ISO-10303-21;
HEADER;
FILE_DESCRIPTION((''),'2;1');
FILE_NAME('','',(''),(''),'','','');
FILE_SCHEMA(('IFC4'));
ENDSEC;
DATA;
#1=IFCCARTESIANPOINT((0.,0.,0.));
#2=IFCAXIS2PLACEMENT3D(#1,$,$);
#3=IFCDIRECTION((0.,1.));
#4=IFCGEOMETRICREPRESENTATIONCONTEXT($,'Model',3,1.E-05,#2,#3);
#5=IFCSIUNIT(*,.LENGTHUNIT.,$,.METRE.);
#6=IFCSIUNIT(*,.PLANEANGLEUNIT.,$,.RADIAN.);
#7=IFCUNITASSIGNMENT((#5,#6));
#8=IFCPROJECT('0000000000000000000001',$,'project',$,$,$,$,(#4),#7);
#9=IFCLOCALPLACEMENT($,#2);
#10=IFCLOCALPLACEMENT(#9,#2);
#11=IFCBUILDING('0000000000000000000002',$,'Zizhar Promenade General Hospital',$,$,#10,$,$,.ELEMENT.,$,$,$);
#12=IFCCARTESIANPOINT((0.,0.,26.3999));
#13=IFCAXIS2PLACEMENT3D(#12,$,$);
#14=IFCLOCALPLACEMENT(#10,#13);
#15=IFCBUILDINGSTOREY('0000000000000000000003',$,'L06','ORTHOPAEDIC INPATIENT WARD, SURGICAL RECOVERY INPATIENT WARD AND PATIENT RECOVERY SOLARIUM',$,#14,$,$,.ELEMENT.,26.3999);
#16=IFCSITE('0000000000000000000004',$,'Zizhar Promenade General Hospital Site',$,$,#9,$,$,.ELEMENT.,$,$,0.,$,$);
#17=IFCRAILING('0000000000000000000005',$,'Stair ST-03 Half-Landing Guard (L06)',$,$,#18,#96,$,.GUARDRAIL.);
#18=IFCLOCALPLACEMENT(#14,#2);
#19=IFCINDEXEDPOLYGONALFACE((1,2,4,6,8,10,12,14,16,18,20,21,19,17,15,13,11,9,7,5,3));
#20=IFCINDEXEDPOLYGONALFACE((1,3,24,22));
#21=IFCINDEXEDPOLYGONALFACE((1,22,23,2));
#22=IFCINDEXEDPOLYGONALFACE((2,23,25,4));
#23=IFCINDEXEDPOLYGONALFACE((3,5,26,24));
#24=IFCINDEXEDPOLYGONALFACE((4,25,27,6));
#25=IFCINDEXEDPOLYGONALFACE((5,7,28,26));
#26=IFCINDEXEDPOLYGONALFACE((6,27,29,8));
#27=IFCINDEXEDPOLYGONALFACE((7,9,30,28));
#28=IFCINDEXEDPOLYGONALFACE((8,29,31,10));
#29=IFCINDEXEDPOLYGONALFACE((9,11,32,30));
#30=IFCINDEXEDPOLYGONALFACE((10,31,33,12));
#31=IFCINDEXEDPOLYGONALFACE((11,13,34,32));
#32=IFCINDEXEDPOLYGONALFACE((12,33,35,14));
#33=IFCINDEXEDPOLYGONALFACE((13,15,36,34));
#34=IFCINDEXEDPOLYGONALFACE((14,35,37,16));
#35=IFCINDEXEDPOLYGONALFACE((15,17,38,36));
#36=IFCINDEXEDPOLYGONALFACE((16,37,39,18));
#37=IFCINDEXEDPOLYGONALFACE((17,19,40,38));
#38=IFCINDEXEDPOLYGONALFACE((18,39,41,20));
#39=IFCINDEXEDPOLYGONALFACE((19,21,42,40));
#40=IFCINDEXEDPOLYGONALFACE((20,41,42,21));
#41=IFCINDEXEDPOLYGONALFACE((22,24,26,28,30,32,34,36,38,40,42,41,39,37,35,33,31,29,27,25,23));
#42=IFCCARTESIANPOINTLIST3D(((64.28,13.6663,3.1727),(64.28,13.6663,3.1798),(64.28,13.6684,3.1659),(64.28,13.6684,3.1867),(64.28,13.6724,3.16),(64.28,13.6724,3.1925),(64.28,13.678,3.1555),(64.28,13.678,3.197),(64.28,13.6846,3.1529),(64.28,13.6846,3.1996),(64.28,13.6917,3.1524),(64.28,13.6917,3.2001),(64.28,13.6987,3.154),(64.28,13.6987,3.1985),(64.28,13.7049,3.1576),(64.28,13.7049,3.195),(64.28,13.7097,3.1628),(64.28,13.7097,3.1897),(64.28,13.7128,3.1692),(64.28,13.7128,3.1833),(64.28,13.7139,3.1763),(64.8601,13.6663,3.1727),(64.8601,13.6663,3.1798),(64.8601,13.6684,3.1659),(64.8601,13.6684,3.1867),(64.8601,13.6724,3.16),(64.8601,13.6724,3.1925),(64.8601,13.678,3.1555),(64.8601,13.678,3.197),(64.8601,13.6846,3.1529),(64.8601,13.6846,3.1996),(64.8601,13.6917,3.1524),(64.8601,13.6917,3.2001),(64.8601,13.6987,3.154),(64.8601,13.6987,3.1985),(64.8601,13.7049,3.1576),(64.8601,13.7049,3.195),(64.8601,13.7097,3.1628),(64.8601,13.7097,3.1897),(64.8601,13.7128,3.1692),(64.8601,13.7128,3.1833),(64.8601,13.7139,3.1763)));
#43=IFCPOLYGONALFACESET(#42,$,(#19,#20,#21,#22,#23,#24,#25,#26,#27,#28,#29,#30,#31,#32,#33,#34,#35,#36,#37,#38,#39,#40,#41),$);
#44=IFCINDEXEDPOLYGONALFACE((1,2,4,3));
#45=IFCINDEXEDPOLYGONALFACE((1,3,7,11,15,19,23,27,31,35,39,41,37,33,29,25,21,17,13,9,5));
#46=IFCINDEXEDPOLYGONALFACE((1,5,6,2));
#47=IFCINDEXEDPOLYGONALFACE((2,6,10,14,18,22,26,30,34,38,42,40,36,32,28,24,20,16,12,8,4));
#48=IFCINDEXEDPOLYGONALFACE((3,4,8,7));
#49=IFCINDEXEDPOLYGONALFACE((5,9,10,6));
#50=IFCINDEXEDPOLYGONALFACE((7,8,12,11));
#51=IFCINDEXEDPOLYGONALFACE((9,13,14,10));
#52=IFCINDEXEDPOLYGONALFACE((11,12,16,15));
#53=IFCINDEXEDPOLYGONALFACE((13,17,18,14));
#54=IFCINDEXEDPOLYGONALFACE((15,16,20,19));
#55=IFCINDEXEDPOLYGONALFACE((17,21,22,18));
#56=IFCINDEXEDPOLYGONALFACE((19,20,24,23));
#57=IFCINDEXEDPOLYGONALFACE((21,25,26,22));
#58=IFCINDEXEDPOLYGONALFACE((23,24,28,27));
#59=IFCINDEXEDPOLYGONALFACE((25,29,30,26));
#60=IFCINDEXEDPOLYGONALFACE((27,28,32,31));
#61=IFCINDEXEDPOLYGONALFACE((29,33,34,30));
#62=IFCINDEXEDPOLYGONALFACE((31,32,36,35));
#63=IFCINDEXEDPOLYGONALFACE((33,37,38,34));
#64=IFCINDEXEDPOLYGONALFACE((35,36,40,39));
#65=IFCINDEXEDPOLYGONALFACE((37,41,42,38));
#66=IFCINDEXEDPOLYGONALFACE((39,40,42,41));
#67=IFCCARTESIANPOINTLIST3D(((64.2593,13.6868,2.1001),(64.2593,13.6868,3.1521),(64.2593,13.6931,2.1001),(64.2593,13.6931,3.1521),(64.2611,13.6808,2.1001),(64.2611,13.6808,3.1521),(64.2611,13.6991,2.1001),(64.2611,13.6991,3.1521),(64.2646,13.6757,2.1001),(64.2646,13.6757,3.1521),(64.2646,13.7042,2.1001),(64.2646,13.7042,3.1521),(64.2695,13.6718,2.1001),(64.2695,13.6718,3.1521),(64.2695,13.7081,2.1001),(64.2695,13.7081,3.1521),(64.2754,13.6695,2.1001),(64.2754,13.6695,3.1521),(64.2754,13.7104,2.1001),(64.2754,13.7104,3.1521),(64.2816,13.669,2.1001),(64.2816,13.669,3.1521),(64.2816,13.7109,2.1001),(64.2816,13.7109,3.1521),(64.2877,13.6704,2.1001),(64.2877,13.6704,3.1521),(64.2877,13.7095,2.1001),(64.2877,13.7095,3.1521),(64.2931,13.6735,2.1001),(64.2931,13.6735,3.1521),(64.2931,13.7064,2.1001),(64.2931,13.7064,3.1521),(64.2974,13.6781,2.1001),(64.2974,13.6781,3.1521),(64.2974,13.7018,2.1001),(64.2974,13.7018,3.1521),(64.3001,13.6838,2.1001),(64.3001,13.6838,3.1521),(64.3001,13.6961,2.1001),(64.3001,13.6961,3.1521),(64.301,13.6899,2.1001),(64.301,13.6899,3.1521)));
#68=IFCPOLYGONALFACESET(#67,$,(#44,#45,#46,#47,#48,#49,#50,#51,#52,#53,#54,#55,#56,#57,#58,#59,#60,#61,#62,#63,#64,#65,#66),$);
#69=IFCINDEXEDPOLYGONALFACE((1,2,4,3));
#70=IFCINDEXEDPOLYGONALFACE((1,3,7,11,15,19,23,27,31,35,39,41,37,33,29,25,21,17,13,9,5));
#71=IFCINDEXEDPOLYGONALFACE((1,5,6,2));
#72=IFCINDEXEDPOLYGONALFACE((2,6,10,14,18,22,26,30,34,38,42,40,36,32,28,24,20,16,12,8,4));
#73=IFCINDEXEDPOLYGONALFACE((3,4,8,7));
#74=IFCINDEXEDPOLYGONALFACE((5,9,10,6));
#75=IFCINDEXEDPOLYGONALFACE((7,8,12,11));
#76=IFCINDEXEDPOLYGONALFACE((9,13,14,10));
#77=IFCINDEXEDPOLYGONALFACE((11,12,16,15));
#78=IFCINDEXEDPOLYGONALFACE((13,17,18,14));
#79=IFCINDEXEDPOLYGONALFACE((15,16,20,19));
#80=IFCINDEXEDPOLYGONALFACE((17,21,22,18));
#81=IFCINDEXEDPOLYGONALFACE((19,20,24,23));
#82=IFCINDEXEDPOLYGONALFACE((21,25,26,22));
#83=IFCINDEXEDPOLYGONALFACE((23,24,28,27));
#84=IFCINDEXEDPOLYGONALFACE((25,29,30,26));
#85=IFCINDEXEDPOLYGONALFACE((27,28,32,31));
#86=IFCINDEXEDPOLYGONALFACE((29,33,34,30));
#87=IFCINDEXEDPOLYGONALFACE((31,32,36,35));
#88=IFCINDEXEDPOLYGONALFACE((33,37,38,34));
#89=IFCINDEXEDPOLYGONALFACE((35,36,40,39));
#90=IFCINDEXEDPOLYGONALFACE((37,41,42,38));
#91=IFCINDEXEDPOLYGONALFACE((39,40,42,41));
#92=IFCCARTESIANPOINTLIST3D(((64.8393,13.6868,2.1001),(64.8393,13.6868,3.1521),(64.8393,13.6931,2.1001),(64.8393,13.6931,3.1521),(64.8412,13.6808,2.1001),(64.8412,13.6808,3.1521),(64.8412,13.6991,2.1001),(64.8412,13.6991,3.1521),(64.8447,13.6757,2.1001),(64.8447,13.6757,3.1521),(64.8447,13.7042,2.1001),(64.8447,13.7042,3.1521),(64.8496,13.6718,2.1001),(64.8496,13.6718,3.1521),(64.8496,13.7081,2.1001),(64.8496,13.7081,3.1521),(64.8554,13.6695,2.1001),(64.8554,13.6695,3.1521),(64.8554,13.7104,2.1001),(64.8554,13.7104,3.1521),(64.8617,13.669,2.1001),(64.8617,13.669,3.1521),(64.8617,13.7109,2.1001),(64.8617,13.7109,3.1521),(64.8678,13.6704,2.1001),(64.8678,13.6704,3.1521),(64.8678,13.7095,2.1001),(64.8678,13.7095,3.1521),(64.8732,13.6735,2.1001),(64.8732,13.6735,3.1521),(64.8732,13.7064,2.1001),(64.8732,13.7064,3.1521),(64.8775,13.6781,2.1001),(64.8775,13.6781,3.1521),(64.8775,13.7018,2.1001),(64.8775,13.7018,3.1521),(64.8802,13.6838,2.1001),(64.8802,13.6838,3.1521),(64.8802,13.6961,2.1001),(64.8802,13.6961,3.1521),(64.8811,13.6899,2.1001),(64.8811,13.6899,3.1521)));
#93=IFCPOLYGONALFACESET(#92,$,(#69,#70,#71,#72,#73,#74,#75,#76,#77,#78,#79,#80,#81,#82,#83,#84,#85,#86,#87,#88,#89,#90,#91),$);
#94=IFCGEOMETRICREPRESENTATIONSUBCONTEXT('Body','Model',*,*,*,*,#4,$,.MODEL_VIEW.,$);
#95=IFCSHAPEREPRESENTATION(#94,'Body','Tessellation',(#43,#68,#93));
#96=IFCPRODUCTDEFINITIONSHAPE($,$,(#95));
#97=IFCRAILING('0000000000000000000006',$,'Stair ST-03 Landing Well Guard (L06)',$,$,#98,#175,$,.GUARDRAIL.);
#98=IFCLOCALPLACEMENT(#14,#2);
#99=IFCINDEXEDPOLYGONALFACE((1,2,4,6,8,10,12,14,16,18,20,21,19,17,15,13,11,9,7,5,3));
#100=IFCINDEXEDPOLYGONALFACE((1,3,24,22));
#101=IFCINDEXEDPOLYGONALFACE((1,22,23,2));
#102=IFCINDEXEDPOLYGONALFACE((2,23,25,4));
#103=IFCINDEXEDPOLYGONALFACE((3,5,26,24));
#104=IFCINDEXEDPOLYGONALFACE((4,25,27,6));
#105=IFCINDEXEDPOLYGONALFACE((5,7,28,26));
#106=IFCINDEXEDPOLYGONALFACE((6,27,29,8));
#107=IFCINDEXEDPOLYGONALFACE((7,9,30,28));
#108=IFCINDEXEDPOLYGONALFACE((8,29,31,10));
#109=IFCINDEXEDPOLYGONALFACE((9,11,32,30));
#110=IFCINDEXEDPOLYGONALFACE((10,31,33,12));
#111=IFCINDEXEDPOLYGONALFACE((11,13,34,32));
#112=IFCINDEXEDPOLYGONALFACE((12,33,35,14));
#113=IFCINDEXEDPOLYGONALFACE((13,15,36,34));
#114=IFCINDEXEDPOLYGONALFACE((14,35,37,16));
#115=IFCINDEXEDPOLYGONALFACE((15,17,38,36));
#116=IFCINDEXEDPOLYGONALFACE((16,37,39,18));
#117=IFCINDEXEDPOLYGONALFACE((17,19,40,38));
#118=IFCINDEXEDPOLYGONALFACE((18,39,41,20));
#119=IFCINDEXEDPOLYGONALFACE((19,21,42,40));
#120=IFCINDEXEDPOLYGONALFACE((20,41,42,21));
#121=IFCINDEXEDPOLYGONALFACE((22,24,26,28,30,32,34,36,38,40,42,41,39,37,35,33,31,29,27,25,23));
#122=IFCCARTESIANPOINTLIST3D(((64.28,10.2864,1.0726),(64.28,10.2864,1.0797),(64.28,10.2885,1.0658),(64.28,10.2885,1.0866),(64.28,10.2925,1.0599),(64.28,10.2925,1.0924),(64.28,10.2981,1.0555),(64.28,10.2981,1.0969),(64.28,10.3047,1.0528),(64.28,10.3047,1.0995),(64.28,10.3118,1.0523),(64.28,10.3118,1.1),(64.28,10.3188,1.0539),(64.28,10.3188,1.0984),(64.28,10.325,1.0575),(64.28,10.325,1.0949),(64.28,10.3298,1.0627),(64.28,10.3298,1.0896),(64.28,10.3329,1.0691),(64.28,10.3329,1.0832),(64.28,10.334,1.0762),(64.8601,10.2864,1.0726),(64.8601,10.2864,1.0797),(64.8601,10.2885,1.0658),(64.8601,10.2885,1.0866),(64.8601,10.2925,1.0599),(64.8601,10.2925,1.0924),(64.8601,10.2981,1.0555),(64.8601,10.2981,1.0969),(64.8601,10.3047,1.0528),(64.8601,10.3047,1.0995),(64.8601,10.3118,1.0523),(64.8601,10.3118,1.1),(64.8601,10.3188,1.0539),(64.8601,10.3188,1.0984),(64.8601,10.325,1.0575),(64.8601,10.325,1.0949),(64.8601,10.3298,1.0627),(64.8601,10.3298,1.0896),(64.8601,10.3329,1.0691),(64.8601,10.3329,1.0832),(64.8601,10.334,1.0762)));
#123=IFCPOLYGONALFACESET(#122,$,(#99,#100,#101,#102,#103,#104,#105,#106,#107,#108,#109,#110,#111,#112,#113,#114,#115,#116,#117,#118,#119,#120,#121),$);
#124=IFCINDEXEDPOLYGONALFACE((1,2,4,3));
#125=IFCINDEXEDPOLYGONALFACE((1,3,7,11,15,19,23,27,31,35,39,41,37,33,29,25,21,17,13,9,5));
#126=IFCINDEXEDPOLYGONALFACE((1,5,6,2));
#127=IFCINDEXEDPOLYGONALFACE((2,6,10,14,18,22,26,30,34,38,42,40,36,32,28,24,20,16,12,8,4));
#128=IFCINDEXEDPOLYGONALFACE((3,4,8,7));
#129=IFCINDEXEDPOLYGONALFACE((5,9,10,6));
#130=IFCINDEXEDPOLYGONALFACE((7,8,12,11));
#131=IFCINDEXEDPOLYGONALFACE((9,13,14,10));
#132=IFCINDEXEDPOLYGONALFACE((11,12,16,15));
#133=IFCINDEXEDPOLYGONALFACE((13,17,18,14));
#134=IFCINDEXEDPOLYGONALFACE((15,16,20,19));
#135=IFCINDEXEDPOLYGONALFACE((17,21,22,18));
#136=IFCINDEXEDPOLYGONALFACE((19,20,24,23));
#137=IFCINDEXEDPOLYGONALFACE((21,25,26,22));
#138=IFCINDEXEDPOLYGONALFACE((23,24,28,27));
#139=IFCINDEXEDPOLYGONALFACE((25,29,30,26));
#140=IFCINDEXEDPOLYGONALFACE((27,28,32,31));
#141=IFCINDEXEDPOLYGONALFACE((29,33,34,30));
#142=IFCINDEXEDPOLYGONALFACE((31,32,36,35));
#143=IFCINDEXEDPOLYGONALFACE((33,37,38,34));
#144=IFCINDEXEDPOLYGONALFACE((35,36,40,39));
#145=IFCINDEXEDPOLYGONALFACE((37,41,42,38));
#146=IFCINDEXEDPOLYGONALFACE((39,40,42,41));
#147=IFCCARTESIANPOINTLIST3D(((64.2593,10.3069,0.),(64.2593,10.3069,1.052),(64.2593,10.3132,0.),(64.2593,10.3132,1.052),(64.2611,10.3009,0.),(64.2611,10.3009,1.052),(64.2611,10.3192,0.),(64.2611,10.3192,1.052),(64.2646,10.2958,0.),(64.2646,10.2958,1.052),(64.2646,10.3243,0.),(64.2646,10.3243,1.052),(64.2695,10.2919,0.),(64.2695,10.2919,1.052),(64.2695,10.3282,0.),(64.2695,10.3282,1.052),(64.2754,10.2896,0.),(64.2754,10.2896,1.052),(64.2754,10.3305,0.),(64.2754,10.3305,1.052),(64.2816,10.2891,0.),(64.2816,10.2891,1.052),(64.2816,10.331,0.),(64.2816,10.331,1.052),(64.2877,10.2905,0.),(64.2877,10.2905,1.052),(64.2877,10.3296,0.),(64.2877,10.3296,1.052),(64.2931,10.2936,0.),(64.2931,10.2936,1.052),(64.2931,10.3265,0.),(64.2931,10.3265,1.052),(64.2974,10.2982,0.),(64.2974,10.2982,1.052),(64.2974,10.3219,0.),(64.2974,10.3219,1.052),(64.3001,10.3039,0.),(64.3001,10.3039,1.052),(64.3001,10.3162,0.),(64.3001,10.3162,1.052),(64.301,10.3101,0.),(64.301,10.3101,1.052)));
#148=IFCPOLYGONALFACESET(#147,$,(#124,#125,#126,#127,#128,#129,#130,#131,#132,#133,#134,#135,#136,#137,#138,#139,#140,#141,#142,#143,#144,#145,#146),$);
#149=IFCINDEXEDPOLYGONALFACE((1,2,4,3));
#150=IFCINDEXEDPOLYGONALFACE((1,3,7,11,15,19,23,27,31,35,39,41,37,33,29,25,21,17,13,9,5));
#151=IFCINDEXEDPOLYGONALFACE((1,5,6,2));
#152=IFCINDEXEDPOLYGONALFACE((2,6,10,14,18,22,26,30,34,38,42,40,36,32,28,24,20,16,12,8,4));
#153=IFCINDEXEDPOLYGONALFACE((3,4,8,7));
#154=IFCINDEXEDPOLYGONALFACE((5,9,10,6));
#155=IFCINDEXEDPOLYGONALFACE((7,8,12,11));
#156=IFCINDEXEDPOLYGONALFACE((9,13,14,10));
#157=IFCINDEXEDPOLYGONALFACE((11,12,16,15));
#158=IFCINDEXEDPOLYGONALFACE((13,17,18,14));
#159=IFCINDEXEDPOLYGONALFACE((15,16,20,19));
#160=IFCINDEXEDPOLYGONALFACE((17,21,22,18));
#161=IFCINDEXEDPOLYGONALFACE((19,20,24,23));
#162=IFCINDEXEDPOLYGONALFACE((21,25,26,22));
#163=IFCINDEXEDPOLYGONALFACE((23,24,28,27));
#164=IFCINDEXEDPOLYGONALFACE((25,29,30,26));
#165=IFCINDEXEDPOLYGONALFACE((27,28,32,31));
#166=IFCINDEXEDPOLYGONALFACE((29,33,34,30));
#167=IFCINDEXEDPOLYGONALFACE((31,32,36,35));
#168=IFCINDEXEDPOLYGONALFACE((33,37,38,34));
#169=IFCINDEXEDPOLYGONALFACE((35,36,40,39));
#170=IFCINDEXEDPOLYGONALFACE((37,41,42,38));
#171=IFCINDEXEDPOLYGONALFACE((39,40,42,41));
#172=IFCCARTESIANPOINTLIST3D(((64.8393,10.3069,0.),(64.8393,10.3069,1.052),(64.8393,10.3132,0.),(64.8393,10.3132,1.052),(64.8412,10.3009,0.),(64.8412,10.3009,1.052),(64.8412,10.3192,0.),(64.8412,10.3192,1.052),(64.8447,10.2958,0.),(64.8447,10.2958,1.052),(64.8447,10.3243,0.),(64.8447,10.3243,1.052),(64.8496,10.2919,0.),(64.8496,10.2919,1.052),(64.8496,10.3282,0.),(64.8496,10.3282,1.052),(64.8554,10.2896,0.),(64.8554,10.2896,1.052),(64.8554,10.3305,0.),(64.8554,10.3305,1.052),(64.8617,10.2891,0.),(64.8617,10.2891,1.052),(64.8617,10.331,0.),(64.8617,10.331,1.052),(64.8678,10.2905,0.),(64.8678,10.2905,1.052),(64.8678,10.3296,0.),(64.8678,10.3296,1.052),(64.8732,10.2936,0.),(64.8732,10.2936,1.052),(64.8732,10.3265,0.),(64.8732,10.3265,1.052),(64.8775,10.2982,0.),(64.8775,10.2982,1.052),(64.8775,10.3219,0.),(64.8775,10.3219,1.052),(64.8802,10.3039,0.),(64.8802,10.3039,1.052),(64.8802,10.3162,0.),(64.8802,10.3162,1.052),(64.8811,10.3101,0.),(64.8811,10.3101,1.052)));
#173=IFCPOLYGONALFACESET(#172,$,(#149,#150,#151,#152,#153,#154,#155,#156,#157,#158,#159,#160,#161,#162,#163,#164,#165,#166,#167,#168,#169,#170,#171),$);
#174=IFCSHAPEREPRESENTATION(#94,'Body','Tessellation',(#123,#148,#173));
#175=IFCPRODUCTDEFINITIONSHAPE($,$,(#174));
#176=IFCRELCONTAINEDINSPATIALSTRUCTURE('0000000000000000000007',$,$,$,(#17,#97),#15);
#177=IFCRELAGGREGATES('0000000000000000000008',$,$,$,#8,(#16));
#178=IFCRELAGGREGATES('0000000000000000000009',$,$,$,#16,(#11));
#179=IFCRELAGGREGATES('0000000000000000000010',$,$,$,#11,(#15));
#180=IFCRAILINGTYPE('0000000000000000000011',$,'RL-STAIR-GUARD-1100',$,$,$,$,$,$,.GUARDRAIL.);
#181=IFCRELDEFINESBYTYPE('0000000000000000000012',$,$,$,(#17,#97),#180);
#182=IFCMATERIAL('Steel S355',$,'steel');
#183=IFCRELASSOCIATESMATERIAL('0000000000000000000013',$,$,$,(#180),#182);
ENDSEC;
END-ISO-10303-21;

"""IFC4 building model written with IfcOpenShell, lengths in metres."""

from ifc_helpers import new_model, si_unit, direction, frame, origin, origin_2d, place, context, subcontext, project, spatial, circle, hollow_circle, extrude, material, material_profile, profile_set, type_object, element, save


model = new_model("IFC4")

# Units and contexts
model_context = context("Model", 3, precision=1e-05, world=origin(), true_north=direction((0.0, 1.0)))
body_context = subcontext(model_context, "Body", "Model", "MODEL_VIEW")
ifc_project = project(units=[si_unit("LENGTHUNIT", "METRE"), si_unit("PLANEANGLEUNIT", "RADIAN")], contexts=[model_context])

# Site, building, storey
site_placement = place(None, origin())
site = spatial("IfcSite", under=ifc_project, at=site_placement, Name="Zizhar Promenade General Hospital Site", CompositionType="ELEMENT", RefElevation=0.0)
building_placement = place(site_placement, origin())
building = spatial("IfcBuilding", under=site, at=building_placement, Name="Zizhar Promenade General Hospital", CompositionType="ELEMENT")
storey_placement = place(building_placement, frame((0.0, 0.0, 26.3999)))
storey = spatial("IfcBuildingStorey", under=building, at=storey_placement, Name="L06", Description="ORTHOPAEDIC INPATIENT WARD, SURGICAL RECOVERY INPATIENT WARD AND PATIENT RECOVERY SOLARIUM", CompositionType="ELEMENT", Elevation=26.3999)

# Railings
ifc_material_1 = material(Name="Steel S355", Category="steel")
ifc_material_profile_1 = material_profile(ifc_material_1, hollow_circle(Radius=0.0698, WallThickness=0.0063, at=origin_2d()))
ifc_profile_set_1 = profile_set([ifc_material_profile_1], Name="Steel S355")
railing_type_1 = type_object("IfcRailingType", Name="RL-STAIR-GUARD-1100", PredefinedType="GUARDRAIL", material=ifc_profile_set_1)
for number, where, name in (
    (1, (64.28, 13.6899, 2.1001), "Stair ST-03 Half-Landing Guard (L06)"),
    (2, (64.28, 10.3101, 0.0), "Stair ST-03 Landing Well Guard (L06)"),
):
    element("IfcRailing", number, at=place(storey_placement, frame(where)), inside=storey, type_object=railing_type_1, Name=name, PredefinedType="GUARDRAIL", context=body_context, shape_type="SweptSolid", body=[
        extrude(circle(Radius=0.0239, at=origin_2d()), frame((0.0, 0.0, 1.0762), z_axis=(1.0, 0.0, 0.0), x_axis=(0.0, 1.0, 0.0)), (0.0, 0.0, 1.0), 0.5801),
        extrude(circle(Radius=0.021, at=origin_2d()), origin(), (0.0, 0.0, 1.0), 1.052),
        extrude(circle(Radius=0.021, at=origin_2d()), frame((0.5801, 0.0, 0.0)), (0.0, 0.0, 1.0), 1.052),
    ])

save(model, "model.ifc")
